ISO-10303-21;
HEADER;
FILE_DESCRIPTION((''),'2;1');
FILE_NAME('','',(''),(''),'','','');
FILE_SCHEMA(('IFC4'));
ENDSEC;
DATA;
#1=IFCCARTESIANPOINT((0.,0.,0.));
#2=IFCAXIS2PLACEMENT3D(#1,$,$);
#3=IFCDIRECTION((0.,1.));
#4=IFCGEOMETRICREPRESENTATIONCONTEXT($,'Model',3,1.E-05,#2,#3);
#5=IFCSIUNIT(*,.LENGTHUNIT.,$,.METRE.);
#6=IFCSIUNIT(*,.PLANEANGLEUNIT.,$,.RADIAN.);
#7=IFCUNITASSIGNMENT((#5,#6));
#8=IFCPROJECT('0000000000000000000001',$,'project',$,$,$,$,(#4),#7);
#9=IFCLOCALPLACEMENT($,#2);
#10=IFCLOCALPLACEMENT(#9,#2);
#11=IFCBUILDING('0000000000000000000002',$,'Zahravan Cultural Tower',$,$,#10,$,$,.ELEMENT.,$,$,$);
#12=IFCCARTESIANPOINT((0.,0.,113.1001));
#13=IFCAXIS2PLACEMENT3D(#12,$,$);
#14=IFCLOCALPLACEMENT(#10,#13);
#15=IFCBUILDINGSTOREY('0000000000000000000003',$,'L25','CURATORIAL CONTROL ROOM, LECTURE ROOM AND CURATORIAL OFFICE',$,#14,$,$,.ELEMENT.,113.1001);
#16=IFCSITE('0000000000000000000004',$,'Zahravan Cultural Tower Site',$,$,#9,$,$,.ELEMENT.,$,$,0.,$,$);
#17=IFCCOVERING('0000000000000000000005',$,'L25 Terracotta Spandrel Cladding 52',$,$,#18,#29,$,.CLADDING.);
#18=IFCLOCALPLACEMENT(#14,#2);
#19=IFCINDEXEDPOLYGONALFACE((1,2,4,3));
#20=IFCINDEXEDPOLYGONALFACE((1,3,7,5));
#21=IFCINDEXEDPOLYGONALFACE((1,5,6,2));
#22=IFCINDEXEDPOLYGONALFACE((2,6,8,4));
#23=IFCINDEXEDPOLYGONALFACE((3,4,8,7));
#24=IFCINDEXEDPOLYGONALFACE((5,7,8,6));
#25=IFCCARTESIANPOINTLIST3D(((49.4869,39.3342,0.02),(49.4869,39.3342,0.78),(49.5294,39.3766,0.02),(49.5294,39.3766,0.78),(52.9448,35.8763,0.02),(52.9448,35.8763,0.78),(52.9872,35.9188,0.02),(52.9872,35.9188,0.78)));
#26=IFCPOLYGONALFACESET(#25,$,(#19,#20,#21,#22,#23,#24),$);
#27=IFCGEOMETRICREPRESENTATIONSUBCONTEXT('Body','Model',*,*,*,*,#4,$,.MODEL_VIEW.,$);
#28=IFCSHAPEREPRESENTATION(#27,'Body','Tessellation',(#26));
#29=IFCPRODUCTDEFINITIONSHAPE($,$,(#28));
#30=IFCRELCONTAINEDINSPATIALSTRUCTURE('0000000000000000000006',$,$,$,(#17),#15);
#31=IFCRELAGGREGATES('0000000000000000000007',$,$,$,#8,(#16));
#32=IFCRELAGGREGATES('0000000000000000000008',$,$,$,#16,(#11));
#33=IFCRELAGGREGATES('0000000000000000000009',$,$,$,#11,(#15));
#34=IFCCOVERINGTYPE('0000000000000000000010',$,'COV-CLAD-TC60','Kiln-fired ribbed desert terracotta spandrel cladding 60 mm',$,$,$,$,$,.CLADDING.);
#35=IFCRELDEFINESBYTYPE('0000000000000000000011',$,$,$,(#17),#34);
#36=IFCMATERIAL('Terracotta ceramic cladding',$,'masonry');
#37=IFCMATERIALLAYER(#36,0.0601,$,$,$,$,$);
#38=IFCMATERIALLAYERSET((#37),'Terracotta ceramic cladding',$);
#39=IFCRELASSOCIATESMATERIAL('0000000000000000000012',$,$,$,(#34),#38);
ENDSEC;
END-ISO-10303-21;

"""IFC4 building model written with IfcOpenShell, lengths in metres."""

from ifc_helpers import new_model, si_unit, direction, frame, origin, origin_2d, place, context, subcontext, project, spatial, rectangle, extrude, source, transform, mapped, material, layer, layer_set, type_object, element, save


model = new_model("IFC4")

# Units and contexts
model_context = context("Model", 3, precision=1e-05, world=origin(), true_north=direction((0.0, 1.0)))
body_context = subcontext(model_context, "Body", "Model", "MODEL_VIEW")
ifc_project = project(units=[si_unit("LENGTHUNIT", "METRE"), si_unit("PLANEANGLEUNIT", "RADIAN")], contexts=[model_context])

# Site, building, storey
site_placement = place(None, origin())
site = spatial("IfcSite", under=ifc_project, at=site_placement, Name="Zahravan Cultural Tower Site", CompositionType="ELEMENT", RefElevation=0.0)
building_placement = place(site_placement, origin())
building = spatial("IfcBuilding", under=site, at=building_placement, Name="Zahravan Cultural Tower", CompositionType="ELEMENT")
storey_placement = place(building_placement, frame((0.0, 0.0, 113.1001)))
storey = spatial("IfcBuildingStorey", under=building, at=storey_placement, Name="L25", Description="CURATORIAL CONTROL ROOM, LECTURE ROOM AND CURATORIAL OFFICE", CompositionType="ELEMENT", Elevation=113.1001)

# Covering
ifc_material_1 = material(Name="Terracotta ceramic cladding", Category="masonry")
ifc_layer_1 = layer(ifc_material_1, 0.0601)
ifc_layer_set_1 = layer_set([ifc_layer_1], Name="Terracotta ceramic cladding")
covering_type = type_object("IfcCoveringType", Name="COV-CLAD-TC60", Description="Kiln-fired ribbed desert terracotta spandrel cladding 60 mm", PredefinedType="CLADDING", material=ifc_layer_set_1)
shared_shape_1 = source(origin(), body_context, "Body", "SweptSolid", [
    extrude(rectangle(XDim=4.8901, YDim=0.0601, at=origin_2d()), origin(), (0.0, 0.0, 1.0), 0.76),
])
covering_1_placement = place(storey_placement, frame((51.2371, 37.6265, 0.02), z_axis=(0.0, 0.0, 1.0), x_axis=(0.707107, -0.707107, 0.0)))
element("IfcCovering", 1, at=covering_1_placement, inside=storey, type_object=covering_type, Name="L25 Terracotta Spandrel Cladding 52", PredefinedType="CLADDING", context=body_context, shape_type="MappedRepresentation", body=[
    mapped(shared_shape_1, transform((0.0, 0.0, 0.0), x_axis=(1.0, 0.0, 0.0), y_axis=(0.0, 1.0, 0.0), z_axis=(0.0, 0.0, 1.0), scale=1.0)),
])

save(model, "model.ifc")
